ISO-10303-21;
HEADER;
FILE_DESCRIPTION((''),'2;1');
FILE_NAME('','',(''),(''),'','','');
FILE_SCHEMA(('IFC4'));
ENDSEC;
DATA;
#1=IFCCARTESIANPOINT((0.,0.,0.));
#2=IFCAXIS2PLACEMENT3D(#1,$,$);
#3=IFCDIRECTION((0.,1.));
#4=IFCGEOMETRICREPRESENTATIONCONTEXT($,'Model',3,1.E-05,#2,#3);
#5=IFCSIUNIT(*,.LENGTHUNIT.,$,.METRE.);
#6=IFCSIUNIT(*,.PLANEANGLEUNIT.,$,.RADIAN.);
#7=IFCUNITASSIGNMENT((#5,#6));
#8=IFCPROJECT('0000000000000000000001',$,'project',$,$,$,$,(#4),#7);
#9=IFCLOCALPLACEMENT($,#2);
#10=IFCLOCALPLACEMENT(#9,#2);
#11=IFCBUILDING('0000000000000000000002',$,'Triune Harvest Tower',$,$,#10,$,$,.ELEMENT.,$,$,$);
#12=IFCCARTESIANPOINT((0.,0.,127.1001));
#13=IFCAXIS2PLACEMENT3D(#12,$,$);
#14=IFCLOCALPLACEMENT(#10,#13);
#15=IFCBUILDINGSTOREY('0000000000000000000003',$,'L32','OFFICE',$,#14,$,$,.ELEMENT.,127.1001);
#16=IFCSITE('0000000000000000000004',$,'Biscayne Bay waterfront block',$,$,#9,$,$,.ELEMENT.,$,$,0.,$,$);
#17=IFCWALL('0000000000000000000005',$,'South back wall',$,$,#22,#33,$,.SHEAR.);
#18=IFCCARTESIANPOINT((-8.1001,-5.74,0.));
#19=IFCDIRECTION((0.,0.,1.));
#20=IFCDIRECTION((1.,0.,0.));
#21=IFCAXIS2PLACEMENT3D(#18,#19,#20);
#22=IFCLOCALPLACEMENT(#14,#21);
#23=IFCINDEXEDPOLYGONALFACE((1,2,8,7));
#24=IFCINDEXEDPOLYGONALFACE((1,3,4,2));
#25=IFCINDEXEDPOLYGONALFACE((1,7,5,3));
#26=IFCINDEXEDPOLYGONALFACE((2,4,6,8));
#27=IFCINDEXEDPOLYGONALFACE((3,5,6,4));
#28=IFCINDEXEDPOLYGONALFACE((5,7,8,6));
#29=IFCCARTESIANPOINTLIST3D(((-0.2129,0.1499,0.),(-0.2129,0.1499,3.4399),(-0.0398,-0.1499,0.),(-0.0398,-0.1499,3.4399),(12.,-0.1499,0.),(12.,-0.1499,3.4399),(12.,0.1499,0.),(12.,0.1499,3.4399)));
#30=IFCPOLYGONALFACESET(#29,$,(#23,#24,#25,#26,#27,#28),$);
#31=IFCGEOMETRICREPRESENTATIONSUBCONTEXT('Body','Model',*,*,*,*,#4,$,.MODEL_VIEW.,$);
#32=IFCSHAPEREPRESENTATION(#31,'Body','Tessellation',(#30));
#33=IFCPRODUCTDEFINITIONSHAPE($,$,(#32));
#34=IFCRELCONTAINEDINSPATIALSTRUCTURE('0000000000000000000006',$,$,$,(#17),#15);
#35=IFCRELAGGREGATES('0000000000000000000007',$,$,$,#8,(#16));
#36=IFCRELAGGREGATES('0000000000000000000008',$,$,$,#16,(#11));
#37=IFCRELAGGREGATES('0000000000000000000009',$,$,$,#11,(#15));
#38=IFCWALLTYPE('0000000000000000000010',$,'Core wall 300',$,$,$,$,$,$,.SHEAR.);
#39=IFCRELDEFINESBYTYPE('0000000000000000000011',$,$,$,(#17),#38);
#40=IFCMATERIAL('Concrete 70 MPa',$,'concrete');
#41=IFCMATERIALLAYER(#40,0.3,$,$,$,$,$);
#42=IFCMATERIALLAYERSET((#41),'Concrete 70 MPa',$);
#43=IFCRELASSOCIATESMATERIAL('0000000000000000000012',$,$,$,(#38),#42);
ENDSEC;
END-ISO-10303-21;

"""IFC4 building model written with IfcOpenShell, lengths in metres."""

from ifc_helpers import new_model, si_unit, direction, frame, origin, place, context, subcontext, project, spatial, polyline, outline, extrude, source, transform, mapped, material, layer, layer_set, type_object, element, save


model = new_model("IFC4")

# Units and contexts
model_context = context("Model", 3, precision=1e-05, world=origin(), true_north=direction((0.0, 1.0)))
body_context = subcontext(model_context, "Body", "Model", "MODEL_VIEW")
ifc_project = project(units=[si_unit("LENGTHUNIT", "METRE"), si_unit("PLANEANGLEUNIT", "RADIAN")], contexts=[model_context])

# Site, building, storey
site_placement = place(None, origin())
site = spatial("IfcSite", under=ifc_project, at=site_placement, Name="Biscayne Bay waterfront block", CompositionType="ELEMENT", RefElevation=0.0)
building_placement = place(site_placement, origin())
building = spatial("IfcBuilding", under=site, at=building_placement, Name="Triune Harvest Tower", CompositionType="ELEMENT")
storey_placement = place(building_placement, frame((0.0, 0.0, 127.1001)))
storey = spatial("IfcBuildingStorey", under=building, at=storey_placement, Name="L32", Description="OFFICE", CompositionType="ELEMENT", Elevation=127.1001)

# Shared definitions
ifc_material_1 = material(Name="Concrete 70 MPa", Category="concrete")
ifc_layer_1 = layer(ifc_material_1, 0.3)
ifc_layer_set_1 = layer_set([ifc_layer_1], Name="Concrete 70 MPa")
wall_type_1 = type_object("IfcWallType", Name="Core wall 300", PredefinedType="SHEAR", material=ifc_layer_set_1)

# Wall
shared_shape_1 = source(origin(), body_context, "Body", "SweptSolid", [
    extrude(outline(polyline([(12.0, -0.1499), (-0.0398, -0.1499), (-0.2129, 0.1499), (12.0, 0.1499), (12.0, -0.1499)])), origin(), (0.0, 0.0, 1.0), 3.4399),
])
wall_1_placement = place(storey_placement, frame((-8.1001, -5.74, 0.0), z_axis=(0.0, 0.0, 1.0), x_axis=(1.0, 0.0, 0.0)))
element("IfcWall", 1, at=wall_1_placement, inside=storey, type_object=wall_type_1, Name="South back wall", PredefinedType="SHEAR", context=body_context, shape_type="MappedRepresentation", body=[
    mapped(shared_shape_1, transform((0.0, 0.0, 0.0), scale=1.0)),
])

save(model, "model.ifc")
